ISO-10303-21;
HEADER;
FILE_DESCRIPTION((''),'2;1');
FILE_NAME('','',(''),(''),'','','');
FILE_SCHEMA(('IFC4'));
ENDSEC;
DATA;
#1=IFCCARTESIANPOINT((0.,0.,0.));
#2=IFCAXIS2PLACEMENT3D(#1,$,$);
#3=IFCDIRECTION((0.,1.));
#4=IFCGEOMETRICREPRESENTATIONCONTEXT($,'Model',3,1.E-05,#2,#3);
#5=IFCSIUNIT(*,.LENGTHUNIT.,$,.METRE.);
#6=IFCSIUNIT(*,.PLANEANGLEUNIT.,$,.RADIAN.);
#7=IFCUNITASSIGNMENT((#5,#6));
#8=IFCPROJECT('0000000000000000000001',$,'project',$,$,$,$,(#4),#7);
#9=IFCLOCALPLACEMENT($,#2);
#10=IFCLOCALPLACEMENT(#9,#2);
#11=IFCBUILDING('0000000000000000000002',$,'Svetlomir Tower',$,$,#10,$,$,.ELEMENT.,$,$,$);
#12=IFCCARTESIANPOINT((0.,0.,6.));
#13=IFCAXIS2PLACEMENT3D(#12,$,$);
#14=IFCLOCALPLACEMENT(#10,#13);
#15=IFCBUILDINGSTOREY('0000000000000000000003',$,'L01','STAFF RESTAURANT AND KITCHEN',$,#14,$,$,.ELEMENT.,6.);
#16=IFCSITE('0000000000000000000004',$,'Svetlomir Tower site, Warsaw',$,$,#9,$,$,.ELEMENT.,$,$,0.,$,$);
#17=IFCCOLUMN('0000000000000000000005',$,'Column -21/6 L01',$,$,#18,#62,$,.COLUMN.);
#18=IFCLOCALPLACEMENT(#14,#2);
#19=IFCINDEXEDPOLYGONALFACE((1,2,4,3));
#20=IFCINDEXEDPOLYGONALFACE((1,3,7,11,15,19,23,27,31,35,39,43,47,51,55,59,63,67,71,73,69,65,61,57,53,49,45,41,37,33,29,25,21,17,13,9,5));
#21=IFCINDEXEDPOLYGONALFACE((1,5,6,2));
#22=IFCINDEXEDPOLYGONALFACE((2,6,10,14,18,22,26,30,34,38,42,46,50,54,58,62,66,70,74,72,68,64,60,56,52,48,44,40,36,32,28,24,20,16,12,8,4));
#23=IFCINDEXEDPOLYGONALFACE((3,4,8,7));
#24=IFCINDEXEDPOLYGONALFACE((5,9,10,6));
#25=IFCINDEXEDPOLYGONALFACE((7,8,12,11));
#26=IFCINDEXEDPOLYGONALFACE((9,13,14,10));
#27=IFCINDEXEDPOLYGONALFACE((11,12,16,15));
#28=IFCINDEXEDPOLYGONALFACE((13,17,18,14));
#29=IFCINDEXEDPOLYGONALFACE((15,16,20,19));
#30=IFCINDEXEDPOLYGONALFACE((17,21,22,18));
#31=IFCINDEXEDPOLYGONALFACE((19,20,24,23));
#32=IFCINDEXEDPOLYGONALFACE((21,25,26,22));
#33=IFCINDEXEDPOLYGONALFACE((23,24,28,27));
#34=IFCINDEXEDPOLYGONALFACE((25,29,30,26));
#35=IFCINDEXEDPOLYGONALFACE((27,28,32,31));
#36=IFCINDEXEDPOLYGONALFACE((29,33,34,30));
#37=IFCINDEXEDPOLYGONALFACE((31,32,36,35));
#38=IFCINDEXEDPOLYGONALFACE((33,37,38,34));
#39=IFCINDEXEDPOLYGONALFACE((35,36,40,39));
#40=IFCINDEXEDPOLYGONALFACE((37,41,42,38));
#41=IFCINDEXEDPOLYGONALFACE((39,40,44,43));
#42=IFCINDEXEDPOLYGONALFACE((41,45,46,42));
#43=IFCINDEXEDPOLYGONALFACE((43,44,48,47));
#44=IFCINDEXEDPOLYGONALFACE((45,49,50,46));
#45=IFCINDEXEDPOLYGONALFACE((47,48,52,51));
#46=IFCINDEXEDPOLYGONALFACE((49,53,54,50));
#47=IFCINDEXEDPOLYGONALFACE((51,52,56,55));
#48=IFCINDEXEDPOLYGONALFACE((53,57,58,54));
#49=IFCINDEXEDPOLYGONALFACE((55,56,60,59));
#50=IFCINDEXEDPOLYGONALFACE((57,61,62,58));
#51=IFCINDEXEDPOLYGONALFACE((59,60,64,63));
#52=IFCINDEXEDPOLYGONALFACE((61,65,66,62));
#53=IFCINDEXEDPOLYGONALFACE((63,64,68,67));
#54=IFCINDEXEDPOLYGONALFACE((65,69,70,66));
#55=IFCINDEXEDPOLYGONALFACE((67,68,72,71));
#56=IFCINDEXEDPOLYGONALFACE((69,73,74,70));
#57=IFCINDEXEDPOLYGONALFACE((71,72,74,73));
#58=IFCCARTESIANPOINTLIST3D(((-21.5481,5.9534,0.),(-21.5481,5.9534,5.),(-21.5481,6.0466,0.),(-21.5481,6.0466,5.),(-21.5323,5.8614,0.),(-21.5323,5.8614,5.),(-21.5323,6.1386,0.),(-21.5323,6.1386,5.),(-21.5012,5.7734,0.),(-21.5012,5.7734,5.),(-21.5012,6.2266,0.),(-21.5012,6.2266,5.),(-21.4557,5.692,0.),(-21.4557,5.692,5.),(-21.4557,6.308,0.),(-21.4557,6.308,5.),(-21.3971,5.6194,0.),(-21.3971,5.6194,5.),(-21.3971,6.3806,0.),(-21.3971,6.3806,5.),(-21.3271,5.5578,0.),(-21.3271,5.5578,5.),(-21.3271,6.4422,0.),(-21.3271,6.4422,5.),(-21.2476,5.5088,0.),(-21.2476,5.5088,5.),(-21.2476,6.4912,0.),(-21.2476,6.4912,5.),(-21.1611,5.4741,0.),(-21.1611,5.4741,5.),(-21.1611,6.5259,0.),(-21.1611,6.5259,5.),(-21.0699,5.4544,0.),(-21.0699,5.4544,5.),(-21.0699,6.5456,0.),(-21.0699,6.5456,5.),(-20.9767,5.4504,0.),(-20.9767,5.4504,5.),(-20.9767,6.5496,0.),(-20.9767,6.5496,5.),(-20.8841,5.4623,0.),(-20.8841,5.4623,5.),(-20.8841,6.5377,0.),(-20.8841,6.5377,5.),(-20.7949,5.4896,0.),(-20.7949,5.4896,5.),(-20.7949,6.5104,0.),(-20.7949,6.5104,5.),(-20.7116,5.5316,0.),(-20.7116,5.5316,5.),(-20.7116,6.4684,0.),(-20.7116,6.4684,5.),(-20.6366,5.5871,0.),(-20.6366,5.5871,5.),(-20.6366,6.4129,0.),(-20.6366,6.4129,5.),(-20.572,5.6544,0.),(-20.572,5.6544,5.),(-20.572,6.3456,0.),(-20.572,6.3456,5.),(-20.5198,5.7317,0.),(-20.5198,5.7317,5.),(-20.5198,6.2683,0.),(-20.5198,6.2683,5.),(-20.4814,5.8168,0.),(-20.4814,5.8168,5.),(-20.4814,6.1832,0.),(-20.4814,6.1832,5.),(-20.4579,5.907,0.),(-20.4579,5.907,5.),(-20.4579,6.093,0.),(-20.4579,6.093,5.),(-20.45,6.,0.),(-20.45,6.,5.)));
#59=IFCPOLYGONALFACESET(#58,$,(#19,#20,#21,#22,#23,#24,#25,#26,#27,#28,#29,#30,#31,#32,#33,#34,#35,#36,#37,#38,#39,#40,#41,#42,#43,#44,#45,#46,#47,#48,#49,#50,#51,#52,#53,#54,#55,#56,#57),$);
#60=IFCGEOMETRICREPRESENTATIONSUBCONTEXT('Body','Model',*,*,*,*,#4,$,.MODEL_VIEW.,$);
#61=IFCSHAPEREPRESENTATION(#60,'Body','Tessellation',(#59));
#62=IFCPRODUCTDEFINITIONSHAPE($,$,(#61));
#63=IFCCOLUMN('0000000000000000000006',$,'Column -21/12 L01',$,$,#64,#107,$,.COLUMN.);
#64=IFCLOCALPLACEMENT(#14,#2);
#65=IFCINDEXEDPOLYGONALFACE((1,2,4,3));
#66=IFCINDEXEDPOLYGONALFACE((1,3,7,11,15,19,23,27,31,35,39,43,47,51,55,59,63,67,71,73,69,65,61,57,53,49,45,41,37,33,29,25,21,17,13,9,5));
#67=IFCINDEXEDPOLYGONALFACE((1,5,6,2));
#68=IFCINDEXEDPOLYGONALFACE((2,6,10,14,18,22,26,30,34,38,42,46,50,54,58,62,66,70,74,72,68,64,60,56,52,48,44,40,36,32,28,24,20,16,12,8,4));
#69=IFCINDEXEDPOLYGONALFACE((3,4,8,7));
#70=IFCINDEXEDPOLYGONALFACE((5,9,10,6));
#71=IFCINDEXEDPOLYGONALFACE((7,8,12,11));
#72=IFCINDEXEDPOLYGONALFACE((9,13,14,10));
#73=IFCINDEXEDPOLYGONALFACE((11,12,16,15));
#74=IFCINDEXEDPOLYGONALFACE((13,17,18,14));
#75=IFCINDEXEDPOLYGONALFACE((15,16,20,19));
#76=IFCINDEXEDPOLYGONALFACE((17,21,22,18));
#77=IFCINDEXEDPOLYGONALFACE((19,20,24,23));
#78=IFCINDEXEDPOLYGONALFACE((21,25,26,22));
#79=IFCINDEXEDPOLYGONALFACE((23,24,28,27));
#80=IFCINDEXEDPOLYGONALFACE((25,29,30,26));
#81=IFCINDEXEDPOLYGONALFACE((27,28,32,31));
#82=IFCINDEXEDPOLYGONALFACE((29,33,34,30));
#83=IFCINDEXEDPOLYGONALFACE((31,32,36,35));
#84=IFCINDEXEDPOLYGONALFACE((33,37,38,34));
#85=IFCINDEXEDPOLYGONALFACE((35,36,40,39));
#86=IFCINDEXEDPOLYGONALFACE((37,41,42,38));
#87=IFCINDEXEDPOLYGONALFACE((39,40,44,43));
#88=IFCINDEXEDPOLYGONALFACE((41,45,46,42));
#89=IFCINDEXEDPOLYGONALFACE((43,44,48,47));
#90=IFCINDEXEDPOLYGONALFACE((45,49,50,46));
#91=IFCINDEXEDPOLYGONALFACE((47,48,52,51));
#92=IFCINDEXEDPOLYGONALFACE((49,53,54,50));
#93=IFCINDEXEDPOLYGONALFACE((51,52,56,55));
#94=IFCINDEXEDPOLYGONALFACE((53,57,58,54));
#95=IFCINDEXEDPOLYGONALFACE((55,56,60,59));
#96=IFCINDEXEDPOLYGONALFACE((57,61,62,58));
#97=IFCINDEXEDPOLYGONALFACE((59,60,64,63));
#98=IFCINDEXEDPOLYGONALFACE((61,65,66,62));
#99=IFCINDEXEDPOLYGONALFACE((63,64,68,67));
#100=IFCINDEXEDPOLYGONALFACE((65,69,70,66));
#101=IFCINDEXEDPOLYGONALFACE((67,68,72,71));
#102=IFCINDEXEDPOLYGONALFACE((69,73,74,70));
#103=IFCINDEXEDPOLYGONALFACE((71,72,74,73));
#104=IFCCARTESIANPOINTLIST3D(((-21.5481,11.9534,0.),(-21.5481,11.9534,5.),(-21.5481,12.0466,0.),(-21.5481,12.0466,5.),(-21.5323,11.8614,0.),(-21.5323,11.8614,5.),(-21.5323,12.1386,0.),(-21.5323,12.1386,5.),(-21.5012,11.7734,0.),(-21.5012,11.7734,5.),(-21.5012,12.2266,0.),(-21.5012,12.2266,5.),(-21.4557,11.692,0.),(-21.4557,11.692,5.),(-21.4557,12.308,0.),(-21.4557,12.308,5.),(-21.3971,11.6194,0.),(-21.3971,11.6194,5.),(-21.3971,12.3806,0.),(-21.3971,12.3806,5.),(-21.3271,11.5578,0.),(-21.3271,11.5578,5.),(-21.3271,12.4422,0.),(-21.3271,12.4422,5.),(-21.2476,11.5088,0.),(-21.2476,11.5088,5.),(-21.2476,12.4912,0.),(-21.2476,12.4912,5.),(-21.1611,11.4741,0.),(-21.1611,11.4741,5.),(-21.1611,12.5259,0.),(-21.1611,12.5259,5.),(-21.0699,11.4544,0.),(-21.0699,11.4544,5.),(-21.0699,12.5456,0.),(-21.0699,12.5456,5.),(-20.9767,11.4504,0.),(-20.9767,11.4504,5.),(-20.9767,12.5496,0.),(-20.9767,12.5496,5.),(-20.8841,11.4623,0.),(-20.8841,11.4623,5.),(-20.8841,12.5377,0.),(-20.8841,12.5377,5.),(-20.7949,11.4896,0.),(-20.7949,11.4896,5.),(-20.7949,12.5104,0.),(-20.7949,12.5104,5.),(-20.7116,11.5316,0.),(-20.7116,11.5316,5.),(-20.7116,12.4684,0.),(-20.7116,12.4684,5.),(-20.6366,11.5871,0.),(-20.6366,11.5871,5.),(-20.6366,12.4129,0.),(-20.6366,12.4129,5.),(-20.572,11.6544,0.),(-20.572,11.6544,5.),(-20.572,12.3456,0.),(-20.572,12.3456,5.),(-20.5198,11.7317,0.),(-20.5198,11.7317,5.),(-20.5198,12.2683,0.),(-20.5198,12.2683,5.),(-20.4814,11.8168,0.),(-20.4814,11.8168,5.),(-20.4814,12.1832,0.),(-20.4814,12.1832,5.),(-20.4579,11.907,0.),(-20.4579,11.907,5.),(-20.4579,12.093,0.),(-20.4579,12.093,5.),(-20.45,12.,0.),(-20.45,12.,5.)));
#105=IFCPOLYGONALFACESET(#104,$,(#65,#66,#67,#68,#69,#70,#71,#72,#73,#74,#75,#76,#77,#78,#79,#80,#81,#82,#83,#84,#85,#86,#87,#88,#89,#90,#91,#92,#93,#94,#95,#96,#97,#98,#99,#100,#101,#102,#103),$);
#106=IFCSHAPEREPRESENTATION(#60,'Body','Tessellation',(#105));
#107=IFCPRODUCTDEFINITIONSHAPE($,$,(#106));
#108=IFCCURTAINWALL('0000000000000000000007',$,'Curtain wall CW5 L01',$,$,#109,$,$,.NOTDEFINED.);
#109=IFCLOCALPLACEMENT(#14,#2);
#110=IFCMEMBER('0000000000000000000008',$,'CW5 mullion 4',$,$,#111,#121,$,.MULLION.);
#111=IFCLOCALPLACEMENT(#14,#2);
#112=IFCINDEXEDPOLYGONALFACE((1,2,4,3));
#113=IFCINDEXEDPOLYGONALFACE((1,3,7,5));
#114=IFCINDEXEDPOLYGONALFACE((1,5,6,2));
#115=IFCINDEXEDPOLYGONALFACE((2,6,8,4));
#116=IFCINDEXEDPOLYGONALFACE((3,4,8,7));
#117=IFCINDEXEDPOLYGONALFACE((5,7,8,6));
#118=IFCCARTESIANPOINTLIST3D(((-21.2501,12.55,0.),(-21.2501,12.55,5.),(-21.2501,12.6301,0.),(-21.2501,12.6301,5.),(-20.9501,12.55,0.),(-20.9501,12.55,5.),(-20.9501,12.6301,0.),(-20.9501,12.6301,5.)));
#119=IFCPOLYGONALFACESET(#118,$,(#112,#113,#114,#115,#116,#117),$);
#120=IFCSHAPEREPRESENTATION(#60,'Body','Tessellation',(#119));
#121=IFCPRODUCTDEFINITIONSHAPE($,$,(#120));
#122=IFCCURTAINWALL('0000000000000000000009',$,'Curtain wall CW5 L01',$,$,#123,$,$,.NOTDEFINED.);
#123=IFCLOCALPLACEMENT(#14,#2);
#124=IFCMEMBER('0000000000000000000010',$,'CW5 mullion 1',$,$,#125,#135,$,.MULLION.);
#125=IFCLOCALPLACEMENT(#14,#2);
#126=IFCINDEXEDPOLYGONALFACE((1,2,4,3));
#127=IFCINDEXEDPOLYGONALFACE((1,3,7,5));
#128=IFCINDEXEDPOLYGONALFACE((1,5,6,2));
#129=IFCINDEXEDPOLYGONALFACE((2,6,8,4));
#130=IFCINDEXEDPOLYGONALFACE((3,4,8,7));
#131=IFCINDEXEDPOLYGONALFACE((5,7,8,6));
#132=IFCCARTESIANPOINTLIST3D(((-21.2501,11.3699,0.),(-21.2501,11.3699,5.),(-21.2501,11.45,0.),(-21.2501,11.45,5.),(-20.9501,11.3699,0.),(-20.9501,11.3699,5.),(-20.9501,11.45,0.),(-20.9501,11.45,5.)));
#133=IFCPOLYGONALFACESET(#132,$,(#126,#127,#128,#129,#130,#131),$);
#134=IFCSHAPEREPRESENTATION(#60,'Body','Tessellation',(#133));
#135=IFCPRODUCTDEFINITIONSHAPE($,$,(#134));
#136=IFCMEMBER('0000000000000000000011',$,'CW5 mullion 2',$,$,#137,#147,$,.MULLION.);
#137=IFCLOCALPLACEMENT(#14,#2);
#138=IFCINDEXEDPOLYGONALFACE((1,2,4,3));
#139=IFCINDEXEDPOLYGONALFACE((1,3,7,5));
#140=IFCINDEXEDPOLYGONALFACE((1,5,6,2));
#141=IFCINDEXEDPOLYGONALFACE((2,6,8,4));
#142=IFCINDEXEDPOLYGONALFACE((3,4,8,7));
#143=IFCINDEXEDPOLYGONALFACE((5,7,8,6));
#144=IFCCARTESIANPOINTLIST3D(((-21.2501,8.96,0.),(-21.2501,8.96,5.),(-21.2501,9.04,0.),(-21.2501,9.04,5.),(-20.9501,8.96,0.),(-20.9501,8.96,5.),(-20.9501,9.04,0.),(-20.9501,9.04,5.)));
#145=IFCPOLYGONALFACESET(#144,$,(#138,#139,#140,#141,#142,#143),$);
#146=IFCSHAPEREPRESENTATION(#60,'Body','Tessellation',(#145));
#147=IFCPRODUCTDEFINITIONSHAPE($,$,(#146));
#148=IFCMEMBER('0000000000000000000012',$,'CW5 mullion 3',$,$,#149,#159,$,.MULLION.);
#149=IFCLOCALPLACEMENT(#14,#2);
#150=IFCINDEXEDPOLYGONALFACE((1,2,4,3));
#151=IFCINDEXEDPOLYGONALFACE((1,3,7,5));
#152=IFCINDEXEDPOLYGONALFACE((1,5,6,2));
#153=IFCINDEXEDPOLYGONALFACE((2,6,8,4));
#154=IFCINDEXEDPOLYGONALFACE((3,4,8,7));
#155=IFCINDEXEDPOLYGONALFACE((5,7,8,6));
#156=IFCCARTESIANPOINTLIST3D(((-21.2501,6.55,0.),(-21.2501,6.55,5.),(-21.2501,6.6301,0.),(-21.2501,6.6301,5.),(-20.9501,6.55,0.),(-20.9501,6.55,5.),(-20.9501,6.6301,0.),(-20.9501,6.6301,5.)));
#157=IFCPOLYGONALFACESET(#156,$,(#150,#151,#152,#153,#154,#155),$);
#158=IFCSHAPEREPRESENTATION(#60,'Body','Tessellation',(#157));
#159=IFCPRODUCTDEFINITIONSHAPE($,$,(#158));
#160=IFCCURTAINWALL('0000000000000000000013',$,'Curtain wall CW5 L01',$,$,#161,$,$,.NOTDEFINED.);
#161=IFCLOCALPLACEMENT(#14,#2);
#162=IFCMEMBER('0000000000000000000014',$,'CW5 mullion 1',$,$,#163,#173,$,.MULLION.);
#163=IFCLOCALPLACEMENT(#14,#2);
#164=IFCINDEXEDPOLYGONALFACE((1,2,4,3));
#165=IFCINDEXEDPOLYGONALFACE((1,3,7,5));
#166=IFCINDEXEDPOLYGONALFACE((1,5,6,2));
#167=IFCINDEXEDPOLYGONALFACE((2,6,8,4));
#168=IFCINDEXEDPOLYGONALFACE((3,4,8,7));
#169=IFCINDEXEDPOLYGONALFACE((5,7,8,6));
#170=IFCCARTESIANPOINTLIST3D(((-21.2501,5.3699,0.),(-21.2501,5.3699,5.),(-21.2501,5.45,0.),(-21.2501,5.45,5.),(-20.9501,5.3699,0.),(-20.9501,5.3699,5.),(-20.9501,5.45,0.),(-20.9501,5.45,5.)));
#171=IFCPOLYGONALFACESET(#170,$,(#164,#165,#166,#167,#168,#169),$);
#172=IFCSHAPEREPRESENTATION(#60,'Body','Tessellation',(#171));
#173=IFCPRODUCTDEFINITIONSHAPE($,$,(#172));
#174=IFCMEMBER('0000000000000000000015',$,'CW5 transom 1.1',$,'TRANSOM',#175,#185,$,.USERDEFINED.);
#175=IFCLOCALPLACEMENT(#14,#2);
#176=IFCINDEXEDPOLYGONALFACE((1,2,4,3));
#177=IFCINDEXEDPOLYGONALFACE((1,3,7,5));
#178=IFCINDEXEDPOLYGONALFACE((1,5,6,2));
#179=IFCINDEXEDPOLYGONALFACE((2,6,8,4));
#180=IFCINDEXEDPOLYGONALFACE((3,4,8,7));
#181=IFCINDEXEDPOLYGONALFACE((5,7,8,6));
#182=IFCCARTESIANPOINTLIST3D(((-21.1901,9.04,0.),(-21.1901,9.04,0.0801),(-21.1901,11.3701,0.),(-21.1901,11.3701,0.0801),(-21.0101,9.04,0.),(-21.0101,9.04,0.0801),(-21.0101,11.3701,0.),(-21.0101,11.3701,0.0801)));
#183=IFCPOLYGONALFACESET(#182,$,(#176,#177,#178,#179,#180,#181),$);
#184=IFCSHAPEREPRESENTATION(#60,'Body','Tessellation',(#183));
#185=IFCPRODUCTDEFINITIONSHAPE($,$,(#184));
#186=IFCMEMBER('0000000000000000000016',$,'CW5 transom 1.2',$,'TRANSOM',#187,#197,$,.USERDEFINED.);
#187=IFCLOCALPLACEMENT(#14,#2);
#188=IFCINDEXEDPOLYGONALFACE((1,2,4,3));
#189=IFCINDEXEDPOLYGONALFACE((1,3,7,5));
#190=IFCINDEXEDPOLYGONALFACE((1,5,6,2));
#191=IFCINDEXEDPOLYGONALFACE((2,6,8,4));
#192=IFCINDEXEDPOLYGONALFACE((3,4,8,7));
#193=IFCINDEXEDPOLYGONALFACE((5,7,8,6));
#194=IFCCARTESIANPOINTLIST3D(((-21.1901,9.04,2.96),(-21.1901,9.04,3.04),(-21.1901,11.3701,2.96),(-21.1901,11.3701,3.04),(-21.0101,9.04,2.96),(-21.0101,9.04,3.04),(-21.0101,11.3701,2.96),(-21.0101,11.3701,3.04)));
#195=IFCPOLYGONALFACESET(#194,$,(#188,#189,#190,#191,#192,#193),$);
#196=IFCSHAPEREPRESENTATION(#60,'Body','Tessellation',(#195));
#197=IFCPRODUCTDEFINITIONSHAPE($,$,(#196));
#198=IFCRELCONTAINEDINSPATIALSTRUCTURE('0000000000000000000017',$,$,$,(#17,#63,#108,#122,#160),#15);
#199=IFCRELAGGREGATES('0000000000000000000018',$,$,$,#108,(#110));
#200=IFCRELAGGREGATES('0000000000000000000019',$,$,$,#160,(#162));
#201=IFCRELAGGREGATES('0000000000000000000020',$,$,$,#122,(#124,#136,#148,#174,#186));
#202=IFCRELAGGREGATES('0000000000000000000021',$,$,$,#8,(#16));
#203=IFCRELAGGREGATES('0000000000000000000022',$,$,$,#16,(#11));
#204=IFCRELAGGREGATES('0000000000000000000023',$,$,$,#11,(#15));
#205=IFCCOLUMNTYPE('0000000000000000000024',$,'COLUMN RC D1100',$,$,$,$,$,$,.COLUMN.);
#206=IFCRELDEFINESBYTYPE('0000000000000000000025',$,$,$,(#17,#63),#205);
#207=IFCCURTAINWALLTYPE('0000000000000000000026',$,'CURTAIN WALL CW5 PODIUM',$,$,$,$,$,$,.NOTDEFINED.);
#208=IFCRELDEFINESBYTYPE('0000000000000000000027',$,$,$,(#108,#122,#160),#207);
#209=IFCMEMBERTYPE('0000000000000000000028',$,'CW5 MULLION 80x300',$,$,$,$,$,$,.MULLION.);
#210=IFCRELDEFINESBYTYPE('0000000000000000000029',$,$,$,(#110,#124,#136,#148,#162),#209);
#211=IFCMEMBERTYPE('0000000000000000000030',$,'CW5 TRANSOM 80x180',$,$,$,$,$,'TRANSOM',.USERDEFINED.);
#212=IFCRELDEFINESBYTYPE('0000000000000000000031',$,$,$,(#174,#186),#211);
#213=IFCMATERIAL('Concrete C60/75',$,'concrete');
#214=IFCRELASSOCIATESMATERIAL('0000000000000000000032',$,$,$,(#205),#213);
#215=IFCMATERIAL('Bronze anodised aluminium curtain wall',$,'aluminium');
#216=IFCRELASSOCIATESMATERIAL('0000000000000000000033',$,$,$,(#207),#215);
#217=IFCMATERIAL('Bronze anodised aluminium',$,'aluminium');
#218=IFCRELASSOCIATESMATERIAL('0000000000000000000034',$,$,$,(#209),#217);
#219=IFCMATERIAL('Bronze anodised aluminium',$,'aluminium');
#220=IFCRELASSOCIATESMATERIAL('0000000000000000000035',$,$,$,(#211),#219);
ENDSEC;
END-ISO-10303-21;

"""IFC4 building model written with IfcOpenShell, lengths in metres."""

from ifc_helpers import new_model, si_unit, direction, frame, origin, origin_2d, place, context, subcontext, project, spatial, rectangle, circle, extrude, material, material_profile, profile_set, type_object, element, aggregate, save


model = new_model("IFC4")

# Units and contexts
model_context = context("Model", 3, precision=1e-05, world=origin(), true_north=direction((0.0, 1.0)))
body_context = subcontext(model_context, "Body", "Model", "MODEL_VIEW")
ifc_project = project(units=[si_unit("LENGTHUNIT", "METRE"), si_unit("PLANEANGLEUNIT", "RADIAN")], contexts=[model_context])

# Site, building, storey
site_placement = place(None, origin())
site = spatial("IfcSite", under=ifc_project, at=site_placement, Name="Svetlomir Tower site, Warsaw", CompositionType="ELEMENT", RefElevation=0.0)
building_placement = place(site_placement, origin())
building = spatial("IfcBuilding", under=site, at=building_placement, Name="Svetlomir Tower", CompositionType="ELEMENT")
storey_placement = place(building_placement, frame((0.0, 0.0, 6.0)))
storey = spatial("IfcBuildingStorey", under=building, at=storey_placement, Name="L01", Description="STAFF RESTAURANT AND KITCHEN", CompositionType="ELEMENT", Elevation=6.0)

# Columns
ifc_material_1 = material(Name="Concrete C60/75", Category="concrete")
ifc_material_profile_1 = material_profile(ifc_material_1, circle(Radius=0.55, at=origin_2d()), Name="RC D1100")
ifc_profile_set_1 = profile_set([ifc_material_profile_1], Name="Concrete C60/75")
column_type = type_object("IfcColumnType", Name="COLUMN RC D1100", PredefinedType="COLUMN", material=ifc_profile_set_1)
for number, where, z_axis, x_axis, name in (
    (1, (-21.0, 6.0, 0.0), (0.0, 0.0, 1.0), (1.0, 0.0, 0.0), "Column -21/6 L01"),
    (2, (-21.0, 12.0, 0.0), (0.0, 0.0, 1.0), (1.0, 0.0, 0.0), "Column -21/12 L01"),
):
    element("IfcColumn", number, at=place(storey_placement, frame(where, z_axis=z_axis, x_axis=x_axis)), inside=storey, type_object=column_type, Name=name, PredefinedType="COLUMN", context=body_context, shape_type="SweptSolid", body=[
        extrude(circle(Radius=0.55, at=origin_2d()), origin(), (0.0, 0.0, 1.0), 5.0),
    ])

# Curtain wall, member
ifc_material_2 = material(Name="Bronze anodised aluminium curtain wall", Category="aluminium")
curtain_wall_type = type_object("IfcCurtainWallType", Name="CURTAIN WALL CW5 PODIUM", PredefinedType="NOTDEFINED", material=ifc_material_2)
curtain_wall_1_placement = place(storey_placement, origin())
curtain_wall_1 = element("IfcCurtainWall", 3, at=curtain_wall_1_placement, inside=storey, type_object=curtain_wall_type, Name="Curtain wall CW5 L01", PredefinedType="NOTDEFINED")
ifc_material_3 = material(Name="Bronze anodised aluminium", Category="aluminium")
ifc_material_profile_2 = material_profile(ifc_material_3, rectangle(XDim=0.0801, YDim=0.3, at=origin_2d()), Name="AL 80x300")
ifc_profile_set_2 = profile_set([ifc_material_profile_2], Name="Bronze anodised aluminium 6063-T6")
member_type_1 = type_object("IfcMemberType", Name="CW5 MULLION 80x300", PredefinedType="MULLION", material=ifc_profile_set_2)
member_1_placement = place(storey_placement, frame((-21.1001, 12.5901, 0.0), z_axis=(0.0, 0.0, 1.0), x_axis=(0.0, -1.0, 0.0)))
member_1 = element("IfcMember", 4, at=member_1_placement, type_object=member_type_1, Name="CW5 mullion 4", PredefinedType="MULLION", context=body_context, shape_type="SweptSolid", body=[
    extrude(rectangle(XDim=0.0801, YDim=0.3, at=origin_2d()), origin(), (0.0, 0.0, 1.0), 5.0),
])
aggregate(curtain_wall_1, [member_1])

# Curtain wall, members
curtain_wall_2_placement = place(storey_placement, origin())
curtain_wall_2 = element("IfcCurtainWall", 5, at=curtain_wall_2_placement, inside=storey, type_object=curtain_wall_type, Name="Curtain wall CW5 L01", PredefinedType="NOTDEFINED")
member_2_placement = place(storey_placement, frame((-21.1001, 11.4099, 0.0), z_axis=(0.0, 0.0, 1.0), x_axis=(0.0, -1.0, 0.0)))
member_2 = element("IfcMember", 6, at=member_2_placement, type_object=member_type_1, Name="CW5 mullion 1", PredefinedType="MULLION", context=body_context, shape_type="SweptSolid", body=[
    extrude(rectangle(XDim=0.0801, YDim=0.3, at=origin_2d()), origin(), (0.0, 0.0, 1.0), 5.0),
])
member_3_placement = place(storey_placement, frame((-21.1001, 9.0, 0.0), z_axis=(0.0, 0.0, 1.0), x_axis=(0.0, -1.0, 0.0)))
member_3 = element("IfcMember", 7, at=member_3_placement, type_object=member_type_1, Name="CW5 mullion 2", PredefinedType="MULLION", context=body_context, shape_type="SweptSolid", body=[
    extrude(rectangle(XDim=0.0801, YDim=0.3, at=origin_2d()), origin(), (0.0, 0.0, 1.0), 5.0),
])
member_4_placement = place(storey_placement, frame((-21.1001, 6.5901, 0.0), z_axis=(0.0, 0.0, 1.0), x_axis=(0.0, -1.0, 0.0)))
member_4 = element("IfcMember", 8, at=member_4_placement, type_object=member_type_1, Name="CW5 mullion 3", PredefinedType="MULLION", context=body_context, shape_type="SweptSolid", body=[
    extrude(rectangle(XDim=0.0801, YDim=0.3, at=origin_2d()), origin(), (0.0, 0.0, 1.0), 5.0),
])

# Curtain wall, member
curtain_wall_3_placement = place(storey_placement, origin())
curtain_wall_3 = element("IfcCurtainWall", 9, at=curtain_wall_3_placement, inside=storey, type_object=curtain_wall_type, Name="Curtain wall CW5 L01", PredefinedType="NOTDEFINED")
member_5_placement = place(storey_placement, frame((-21.1001, 5.4099, 0.0), z_axis=(0.0, 0.0, 1.0), x_axis=(0.0, -1.0, 0.0)))
member_5 = element("IfcMember", 10, at=member_5_placement, type_object=member_type_1, Name="CW5 mullion 1", PredefinedType="MULLION", context=body_context, shape_type="SweptSolid", body=[
    extrude(rectangle(XDim=0.0801, YDim=0.3, at=origin_2d()), origin(), (0.0, 0.0, 1.0), 5.0),
])

# Members
ifc_material_4 = material(Name="Bronze anodised aluminium", Category="aluminium")
ifc_material_profile_3 = material_profile(ifc_material_4, rectangle(XDim=0.1799, YDim=0.0801, at=origin_2d()), Name="AL 180x80")
ifc_profile_set_3 = profile_set([ifc_material_profile_3], Name="Bronze anodised aluminium 6063-T6")
member_type_2 = type_object("IfcMemberType", Name="CW5 TRANSOM 80x180", ElementType="TRANSOM", PredefinedType="USERDEFINED", material=ifc_profile_set_3)
member_6_placement = place(storey_placement, frame((-21.1001, 11.3701, 0.04), z_axis=(0.0, -1.0, 0.0), x_axis=(1.0, 0.0, 0.0)))
member_6 = element("IfcMember", 11, at=member_6_placement, type_object=member_type_2, Name="CW5 transom 1.1", ObjectType="TRANSOM", PredefinedType="USERDEFINED", context=body_context, shape_type="SweptSolid", body=[
    extrude(rectangle(XDim=0.1799, YDim=0.0801, at=origin_2d()), origin(), (0.0, 0.0, 1.0), 2.3301),
])
member_7_placement = place(storey_placement, frame((-21.1001, 11.3701, 3.0), z_axis=(0.0, -1.0, 0.0), x_axis=(1.0, 0.0, 0.0)))
member_7 = element("IfcMember", 12, at=member_7_placement, type_object=member_type_2, Name="CW5 transom 1.2", ObjectType="TRANSOM", PredefinedType="USERDEFINED", context=body_context, shape_type="SweptSolid", body=[
    extrude(rectangle(XDim=0.1799, YDim=0.0801, at=origin_2d()), origin(), (0.0, 0.0, 1.0), 2.3301),
])
aggregate(curtain_wall_3, [member_5])

aggregate(curtain_wall_2, [member_2, member_3, member_4, member_6, member_7])

save(model, "model.ifc")
